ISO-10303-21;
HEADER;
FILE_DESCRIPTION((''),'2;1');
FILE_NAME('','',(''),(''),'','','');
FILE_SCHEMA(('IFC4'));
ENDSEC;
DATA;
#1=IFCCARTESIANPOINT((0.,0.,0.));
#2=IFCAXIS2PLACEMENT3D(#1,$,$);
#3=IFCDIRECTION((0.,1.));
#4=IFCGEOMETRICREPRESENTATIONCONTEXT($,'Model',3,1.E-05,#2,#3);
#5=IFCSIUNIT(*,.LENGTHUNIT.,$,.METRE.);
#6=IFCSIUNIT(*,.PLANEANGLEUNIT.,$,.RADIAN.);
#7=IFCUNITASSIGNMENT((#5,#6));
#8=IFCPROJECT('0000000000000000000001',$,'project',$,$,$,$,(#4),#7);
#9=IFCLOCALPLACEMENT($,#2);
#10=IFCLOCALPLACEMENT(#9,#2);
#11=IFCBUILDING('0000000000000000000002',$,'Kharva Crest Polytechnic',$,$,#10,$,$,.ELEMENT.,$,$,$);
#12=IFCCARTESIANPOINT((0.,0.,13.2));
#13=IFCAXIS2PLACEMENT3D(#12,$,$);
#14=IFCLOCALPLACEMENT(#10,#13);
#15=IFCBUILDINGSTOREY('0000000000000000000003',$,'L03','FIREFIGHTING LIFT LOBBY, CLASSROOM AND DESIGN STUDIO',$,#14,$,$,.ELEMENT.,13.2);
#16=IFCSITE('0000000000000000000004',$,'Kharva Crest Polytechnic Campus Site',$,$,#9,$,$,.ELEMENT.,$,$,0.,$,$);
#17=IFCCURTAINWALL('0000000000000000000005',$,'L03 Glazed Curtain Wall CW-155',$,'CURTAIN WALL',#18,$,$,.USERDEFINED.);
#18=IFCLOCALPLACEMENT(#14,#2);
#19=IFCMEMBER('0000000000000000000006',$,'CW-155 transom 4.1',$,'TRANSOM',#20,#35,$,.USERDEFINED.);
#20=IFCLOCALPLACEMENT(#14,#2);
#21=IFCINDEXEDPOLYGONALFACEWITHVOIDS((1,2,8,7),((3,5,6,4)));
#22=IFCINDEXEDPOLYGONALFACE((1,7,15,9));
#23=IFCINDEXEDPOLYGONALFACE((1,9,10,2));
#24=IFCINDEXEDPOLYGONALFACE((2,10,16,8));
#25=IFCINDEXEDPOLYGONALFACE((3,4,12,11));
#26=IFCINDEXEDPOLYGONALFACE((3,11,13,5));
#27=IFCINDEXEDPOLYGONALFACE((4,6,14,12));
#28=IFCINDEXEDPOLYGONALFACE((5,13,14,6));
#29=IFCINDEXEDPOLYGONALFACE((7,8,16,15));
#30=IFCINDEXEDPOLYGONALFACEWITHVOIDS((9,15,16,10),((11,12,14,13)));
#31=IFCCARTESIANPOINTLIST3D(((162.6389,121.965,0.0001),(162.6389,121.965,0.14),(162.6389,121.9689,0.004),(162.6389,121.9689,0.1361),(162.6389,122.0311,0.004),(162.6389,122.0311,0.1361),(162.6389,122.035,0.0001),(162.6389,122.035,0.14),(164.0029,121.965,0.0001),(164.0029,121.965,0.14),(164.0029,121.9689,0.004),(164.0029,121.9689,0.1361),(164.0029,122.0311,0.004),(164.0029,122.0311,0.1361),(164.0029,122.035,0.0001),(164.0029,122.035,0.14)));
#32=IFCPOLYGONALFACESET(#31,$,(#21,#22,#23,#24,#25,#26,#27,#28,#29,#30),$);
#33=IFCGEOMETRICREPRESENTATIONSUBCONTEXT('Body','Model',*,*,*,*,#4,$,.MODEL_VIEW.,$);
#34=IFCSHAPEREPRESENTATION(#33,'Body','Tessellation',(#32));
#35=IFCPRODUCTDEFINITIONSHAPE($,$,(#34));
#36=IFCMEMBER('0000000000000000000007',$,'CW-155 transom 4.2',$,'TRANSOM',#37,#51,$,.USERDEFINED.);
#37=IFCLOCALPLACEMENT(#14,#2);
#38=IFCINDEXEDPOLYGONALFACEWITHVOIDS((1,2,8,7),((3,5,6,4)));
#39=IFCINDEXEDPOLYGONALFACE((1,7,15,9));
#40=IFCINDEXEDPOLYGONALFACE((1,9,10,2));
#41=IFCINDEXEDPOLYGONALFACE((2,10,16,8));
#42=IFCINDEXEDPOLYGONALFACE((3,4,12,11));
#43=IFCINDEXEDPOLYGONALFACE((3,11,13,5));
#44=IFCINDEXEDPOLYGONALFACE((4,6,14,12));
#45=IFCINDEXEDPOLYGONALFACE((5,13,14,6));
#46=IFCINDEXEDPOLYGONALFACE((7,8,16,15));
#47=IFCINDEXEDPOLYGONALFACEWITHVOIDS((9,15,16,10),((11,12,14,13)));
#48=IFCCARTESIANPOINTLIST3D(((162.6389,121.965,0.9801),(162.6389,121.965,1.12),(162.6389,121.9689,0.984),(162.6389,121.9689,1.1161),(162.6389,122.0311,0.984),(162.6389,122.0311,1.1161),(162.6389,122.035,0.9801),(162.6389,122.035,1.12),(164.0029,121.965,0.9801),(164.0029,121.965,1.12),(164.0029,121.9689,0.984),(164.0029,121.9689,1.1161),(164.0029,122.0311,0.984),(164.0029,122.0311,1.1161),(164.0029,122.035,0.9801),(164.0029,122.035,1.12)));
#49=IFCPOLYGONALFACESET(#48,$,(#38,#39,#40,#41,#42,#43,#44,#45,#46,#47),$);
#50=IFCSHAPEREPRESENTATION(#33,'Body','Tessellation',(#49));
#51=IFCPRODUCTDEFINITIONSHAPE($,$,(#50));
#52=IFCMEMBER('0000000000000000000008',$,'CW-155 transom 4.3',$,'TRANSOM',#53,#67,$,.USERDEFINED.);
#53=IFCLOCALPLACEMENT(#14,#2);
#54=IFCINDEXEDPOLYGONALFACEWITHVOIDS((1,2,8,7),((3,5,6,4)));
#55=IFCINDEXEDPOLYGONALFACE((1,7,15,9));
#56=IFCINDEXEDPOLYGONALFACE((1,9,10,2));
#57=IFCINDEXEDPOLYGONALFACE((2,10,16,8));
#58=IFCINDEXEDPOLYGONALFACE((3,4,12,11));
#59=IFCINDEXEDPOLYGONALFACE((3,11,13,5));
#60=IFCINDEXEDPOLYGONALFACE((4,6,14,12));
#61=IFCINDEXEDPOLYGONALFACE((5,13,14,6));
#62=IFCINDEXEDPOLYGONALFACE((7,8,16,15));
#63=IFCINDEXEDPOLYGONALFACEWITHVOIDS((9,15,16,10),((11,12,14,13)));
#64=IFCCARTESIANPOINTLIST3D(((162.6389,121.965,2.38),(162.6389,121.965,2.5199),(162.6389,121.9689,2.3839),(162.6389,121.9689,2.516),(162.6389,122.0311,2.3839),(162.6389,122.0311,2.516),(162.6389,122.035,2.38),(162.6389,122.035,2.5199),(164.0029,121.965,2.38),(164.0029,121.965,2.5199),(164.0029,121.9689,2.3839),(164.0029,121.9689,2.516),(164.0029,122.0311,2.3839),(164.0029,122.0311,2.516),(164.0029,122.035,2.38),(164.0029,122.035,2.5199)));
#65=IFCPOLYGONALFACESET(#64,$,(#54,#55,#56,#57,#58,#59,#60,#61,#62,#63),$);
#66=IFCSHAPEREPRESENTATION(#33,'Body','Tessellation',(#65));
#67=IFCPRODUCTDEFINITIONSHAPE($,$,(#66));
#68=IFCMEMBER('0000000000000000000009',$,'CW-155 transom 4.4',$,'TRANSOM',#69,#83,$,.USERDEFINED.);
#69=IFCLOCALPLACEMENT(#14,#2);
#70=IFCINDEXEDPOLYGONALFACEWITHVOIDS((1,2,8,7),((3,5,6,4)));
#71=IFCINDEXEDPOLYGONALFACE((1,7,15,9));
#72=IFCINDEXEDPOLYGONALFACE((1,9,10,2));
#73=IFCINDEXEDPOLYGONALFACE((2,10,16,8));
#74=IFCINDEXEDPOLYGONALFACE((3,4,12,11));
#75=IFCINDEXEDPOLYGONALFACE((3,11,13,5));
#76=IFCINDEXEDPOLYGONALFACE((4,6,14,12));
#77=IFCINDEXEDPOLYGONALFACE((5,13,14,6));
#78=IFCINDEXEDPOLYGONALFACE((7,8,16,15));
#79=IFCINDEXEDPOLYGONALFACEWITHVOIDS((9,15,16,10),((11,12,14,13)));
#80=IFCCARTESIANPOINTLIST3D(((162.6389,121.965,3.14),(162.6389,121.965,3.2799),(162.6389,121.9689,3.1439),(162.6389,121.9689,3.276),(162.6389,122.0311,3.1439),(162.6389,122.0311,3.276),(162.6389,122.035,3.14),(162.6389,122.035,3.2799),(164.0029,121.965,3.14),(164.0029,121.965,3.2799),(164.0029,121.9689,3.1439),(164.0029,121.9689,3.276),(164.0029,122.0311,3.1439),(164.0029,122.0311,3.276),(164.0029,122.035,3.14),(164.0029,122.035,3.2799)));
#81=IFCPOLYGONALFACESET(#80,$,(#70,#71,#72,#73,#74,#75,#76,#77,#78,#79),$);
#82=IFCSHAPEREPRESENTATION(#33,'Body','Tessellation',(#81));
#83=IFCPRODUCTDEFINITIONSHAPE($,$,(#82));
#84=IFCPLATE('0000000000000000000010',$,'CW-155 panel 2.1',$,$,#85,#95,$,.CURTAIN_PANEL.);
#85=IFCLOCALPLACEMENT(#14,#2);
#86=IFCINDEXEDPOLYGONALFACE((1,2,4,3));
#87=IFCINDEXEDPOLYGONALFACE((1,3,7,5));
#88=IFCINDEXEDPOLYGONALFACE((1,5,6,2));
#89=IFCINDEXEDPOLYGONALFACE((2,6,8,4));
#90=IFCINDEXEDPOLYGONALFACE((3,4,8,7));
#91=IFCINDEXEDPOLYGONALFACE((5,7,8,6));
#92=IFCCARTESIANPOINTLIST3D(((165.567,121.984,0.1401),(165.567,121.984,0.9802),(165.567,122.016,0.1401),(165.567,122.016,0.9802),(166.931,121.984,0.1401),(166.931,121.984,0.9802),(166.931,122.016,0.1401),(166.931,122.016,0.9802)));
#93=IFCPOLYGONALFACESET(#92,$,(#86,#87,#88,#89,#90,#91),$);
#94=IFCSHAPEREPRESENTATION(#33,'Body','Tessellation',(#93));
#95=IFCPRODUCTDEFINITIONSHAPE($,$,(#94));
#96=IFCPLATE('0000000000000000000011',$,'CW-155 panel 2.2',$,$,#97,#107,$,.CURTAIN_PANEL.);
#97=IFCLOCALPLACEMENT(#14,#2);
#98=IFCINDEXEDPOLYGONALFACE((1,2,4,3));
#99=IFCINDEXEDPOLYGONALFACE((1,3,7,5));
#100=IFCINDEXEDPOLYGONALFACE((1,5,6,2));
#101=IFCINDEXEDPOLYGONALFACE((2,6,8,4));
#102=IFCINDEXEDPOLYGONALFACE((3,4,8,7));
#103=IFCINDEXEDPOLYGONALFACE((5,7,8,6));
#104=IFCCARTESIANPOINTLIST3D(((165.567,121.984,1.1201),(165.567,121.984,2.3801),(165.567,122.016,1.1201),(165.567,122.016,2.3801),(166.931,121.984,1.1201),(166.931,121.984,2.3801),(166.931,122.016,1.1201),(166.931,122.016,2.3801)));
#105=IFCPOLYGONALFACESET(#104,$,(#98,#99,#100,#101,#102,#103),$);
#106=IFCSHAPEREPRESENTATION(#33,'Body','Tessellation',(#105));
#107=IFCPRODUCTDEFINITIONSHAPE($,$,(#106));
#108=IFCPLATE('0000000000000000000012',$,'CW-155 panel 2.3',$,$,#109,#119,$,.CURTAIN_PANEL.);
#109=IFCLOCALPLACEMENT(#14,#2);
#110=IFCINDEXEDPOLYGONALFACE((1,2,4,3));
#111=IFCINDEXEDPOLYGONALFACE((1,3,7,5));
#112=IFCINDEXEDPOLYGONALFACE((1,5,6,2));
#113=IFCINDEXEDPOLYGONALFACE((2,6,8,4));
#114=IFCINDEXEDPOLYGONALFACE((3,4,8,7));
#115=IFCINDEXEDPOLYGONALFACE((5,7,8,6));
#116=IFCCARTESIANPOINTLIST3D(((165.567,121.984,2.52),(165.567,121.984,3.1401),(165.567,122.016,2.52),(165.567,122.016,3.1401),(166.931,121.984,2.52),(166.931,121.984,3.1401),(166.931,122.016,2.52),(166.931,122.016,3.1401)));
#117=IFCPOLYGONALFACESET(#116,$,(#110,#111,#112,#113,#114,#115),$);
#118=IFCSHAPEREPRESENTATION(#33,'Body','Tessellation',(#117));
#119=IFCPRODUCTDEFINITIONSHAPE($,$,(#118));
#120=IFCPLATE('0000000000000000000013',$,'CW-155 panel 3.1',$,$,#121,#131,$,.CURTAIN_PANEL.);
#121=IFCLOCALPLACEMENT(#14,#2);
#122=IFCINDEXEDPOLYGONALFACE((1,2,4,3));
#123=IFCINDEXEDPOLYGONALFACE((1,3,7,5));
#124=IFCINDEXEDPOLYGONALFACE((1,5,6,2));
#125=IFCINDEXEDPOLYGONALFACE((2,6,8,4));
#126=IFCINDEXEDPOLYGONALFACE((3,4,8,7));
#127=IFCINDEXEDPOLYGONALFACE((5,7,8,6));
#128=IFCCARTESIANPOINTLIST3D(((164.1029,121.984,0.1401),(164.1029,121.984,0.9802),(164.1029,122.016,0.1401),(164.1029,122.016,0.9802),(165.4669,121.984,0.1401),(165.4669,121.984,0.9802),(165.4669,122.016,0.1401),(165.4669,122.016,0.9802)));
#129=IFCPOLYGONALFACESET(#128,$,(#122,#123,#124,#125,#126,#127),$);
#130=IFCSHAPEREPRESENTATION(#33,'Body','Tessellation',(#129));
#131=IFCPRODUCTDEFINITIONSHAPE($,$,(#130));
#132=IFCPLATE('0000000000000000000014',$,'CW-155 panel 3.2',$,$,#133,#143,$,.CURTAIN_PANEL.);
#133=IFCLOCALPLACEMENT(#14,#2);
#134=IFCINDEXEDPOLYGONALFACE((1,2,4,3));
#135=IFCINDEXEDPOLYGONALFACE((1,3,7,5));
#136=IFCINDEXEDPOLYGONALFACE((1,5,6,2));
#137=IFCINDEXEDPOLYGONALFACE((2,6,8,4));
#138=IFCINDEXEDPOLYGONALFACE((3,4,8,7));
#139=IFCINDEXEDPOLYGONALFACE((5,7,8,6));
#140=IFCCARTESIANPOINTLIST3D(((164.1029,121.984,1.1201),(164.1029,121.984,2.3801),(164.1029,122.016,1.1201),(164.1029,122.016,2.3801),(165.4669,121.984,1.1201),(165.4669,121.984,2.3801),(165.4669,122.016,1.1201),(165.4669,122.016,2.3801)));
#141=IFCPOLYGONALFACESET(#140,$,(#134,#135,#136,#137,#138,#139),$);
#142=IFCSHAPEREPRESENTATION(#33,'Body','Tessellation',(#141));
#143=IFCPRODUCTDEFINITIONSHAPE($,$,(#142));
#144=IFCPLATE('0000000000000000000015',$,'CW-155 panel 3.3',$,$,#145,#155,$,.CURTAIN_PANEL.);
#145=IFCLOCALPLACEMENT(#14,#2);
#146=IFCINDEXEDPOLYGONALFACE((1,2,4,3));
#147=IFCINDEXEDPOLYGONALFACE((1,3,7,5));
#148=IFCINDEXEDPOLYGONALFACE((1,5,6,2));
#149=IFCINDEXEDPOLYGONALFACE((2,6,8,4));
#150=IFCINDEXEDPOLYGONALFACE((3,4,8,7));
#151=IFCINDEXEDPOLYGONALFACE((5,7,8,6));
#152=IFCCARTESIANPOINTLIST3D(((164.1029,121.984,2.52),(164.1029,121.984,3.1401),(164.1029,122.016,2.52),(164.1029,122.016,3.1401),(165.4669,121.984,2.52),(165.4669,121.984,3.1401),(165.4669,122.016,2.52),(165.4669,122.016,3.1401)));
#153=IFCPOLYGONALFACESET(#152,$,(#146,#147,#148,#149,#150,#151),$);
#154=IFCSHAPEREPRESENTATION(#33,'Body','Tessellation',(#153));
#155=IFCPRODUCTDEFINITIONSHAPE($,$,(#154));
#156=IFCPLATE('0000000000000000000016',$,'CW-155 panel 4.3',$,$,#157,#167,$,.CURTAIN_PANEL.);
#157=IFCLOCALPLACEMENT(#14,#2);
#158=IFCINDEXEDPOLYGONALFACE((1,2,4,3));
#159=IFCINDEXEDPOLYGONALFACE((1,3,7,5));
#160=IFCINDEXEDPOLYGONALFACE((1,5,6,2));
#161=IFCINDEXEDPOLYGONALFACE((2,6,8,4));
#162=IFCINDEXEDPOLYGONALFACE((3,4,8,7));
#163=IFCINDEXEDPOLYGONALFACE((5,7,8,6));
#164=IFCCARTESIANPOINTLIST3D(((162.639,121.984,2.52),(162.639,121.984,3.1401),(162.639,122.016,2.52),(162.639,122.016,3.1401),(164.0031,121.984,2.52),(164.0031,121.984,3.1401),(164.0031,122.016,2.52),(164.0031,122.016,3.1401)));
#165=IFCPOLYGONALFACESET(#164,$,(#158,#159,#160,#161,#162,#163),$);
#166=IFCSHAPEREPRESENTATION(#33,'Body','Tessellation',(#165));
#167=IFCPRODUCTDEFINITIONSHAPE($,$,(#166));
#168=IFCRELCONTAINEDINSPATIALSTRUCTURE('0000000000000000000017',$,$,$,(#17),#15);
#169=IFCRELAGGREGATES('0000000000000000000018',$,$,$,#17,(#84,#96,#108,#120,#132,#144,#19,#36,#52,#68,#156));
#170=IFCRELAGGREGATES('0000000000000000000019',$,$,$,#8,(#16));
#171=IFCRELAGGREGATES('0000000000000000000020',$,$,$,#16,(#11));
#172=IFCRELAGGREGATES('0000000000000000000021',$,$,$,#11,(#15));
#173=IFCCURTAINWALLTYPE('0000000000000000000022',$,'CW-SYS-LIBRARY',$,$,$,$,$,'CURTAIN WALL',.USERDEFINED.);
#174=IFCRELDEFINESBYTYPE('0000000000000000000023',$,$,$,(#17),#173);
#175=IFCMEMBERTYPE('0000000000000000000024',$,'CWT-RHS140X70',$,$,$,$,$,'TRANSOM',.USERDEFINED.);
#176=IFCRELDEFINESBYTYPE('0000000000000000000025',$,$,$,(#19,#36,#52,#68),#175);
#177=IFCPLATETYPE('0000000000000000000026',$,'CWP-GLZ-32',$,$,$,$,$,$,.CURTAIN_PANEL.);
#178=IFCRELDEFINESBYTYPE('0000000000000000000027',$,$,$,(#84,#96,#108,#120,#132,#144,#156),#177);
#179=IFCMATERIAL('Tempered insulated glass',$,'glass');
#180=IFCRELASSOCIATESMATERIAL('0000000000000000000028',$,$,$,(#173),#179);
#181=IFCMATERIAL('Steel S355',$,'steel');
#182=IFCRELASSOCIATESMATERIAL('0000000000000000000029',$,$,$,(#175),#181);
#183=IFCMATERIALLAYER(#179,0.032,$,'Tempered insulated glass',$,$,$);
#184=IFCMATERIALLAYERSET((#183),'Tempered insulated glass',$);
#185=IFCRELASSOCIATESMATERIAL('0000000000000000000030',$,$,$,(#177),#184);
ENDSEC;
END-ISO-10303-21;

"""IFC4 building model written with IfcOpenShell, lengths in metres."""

from ifc_helpers import new_model, si_unit, direction, frame, origin, origin_2d, place, context, subcontext, project, spatial, rectangle, hollow_rectangle, extrude, material, layer, layer_set, material_profile, profile_set, type_object, element, aggregate, save


model = new_model("IFC4")

# Units and contexts
model_context = context("Model", 3, precision=1e-05, world=origin(), true_north=direction((0.0, 1.0)))
body_context = subcontext(model_context, "Body", "Model", "MODEL_VIEW")
ifc_project = project(units=[si_unit("LENGTHUNIT", "METRE"), si_unit("PLANEANGLEUNIT", "RADIAN")], contexts=[model_context])

# Site, building, storey
site_placement = place(None, origin())
site = spatial("IfcSite", under=ifc_project, at=site_placement, Name="Kharva Crest Polytechnic Campus Site", CompositionType="ELEMENT", RefElevation=0.0)
building_placement = place(site_placement, origin())
building = spatial("IfcBuilding", under=site, at=building_placement, Name="Kharva Crest Polytechnic", CompositionType="ELEMENT")
storey_placement = place(building_placement, frame((0.0, 0.0, 13.2)))
storey = spatial("IfcBuildingStorey", under=building, at=storey_placement, Name="L03", Description="FIREFIGHTING LIFT LOBBY, CLASSROOM AND DESIGN STUDIO", CompositionType="ELEMENT", Elevation=13.2)

# Curtain wall, members, plates
ifc_material_1 = material(Name="Tempered insulated glass", Category="glass")
curtain_wall_type = type_object("IfcCurtainWallType", Name="CW-SYS-LIBRARY", ElementType="CURTAIN WALL", PredefinedType="USERDEFINED", material=ifc_material_1)
curtain_wall_placement = place(storey_placement, origin())
curtain_wall = element("IfcCurtainWall", 1, at=curtain_wall_placement, inside=storey, type_object=curtain_wall_type, Name="L03 Glazed Curtain Wall CW-155", ObjectType="CURTAIN WALL", PredefinedType="USERDEFINED")
ifc_material_2 = material(Name="Steel S355", Category="steel")
ifc_material_profile_1 = material_profile(ifc_material_2, hollow_rectangle(XDim=0.0701, YDim=0.1399, WallThickness=0.0039, at=origin_2d()), Name="RHS 140X70X4.0")
ifc_profile_set_1 = profile_set([ifc_material_profile_1], Name="Steel S355")
member_type_1 = type_object("IfcMemberType", Name="CWT-RHS140X70", ElementType="TRANSOM", PredefinedType="USERDEFINED", material=ifc_profile_set_1)
member_1_placement = place(storey_placement, frame((164.0029, 122.0, 0.0701), z_axis=(-1.0, 0.0, 0.0), x_axis=(0.0, -1.0, 0.0)))
member_1 = element("IfcMember", 2, at=member_1_placement, type_object=member_type_1, Name="CW-155 transom 4.1", ObjectType="TRANSOM", PredefinedType="USERDEFINED", context=body_context, shape_type="SweptSolid", body=[
    extrude(hollow_rectangle(XDim=0.0701, YDim=0.1399, WallThickness=0.0039, at=origin_2d()), origin(), (0.0, 0.0, 1.0), 1.364),
])
member_2_placement = place(storey_placement, frame((164.0029, 122.0, 1.05), z_axis=(-1.0, 0.0, 0.0), x_axis=(0.0, -1.0, 0.0)))
member_2 = element("IfcMember", 3, at=member_2_placement, type_object=member_type_1, Name="CW-155 transom 4.2", ObjectType="TRANSOM", PredefinedType="USERDEFINED", context=body_context, shape_type="SweptSolid", body=[
    extrude(hollow_rectangle(XDim=0.0701, YDim=0.1399, WallThickness=0.0039, at=origin_2d()), origin(), (0.0, 0.0, 1.0), 1.364),
])
member_3_placement = place(storey_placement, frame((164.0029, 122.0, 2.45), z_axis=(-1.0, 0.0, 0.0), x_axis=(0.0, -1.0, 0.0)))
member_3 = element("IfcMember", 4, at=member_3_placement, type_object=member_type_1, Name="CW-155 transom 4.3", ObjectType="TRANSOM", PredefinedType="USERDEFINED", context=body_context, shape_type="SweptSolid", body=[
    extrude(hollow_rectangle(XDim=0.0701, YDim=0.1399, WallThickness=0.0039, at=origin_2d()), origin(), (0.0, 0.0, 1.0), 1.364),
])
member_4_placement = place(storey_placement, frame((164.0029, 122.0, 3.21), z_axis=(-1.0, 0.0, 0.0), x_axis=(0.0, -1.0, 0.0)))
member_4 = element("IfcMember", 5, at=member_4_placement, type_object=member_type_1, Name="CW-155 transom 4.4", ObjectType="TRANSOM", PredefinedType="USERDEFINED", context=body_context, shape_type="SweptSolid", body=[
    extrude(hollow_rectangle(XDim=0.0701, YDim=0.1399, WallThickness=0.0039, at=origin_2d()), origin(), (0.0, 0.0, 1.0), 1.364),
])
ifc_layer = layer(ifc_material_1, 0.032, Name="Tempered insulated glass")
ifc_layer_set = layer_set([ifc_layer], Name="Tempered insulated glass")
plate_type = type_object("IfcPlateType", Name="CWP-GLZ-32", PredefinedType="CURTAIN_PANEL", material=ifc_layer_set)
plate_1_placement = place(storey_placement, frame((166.249, 122.0, 0.1401), z_axis=(0.0, 0.0, 1.0), x_axis=(-1.0, 0.0, 0.0)))
plate_1 = element("IfcPlate", 6, at=plate_1_placement, type_object=plate_type, Name="CW-155 panel 2.1", PredefinedType="CURTAIN_PANEL", context=body_context, shape_type="SweptSolid", body=[
    extrude(rectangle(XDim=1.364, YDim=0.032, at=origin_2d()), origin(), (0.0, 0.0, 1.0), 0.8401),
])
plate_2_placement = place(storey_placement, frame((166.249, 122.0, 1.1201), z_axis=(0.0, 0.0, 1.0), x_axis=(-1.0, 0.0, 0.0)))
plate_2 = element("IfcPlate", 7, at=plate_2_placement, type_object=plate_type, Name="CW-155 panel 2.2", PredefinedType="CURTAIN_PANEL", context=body_context, shape_type="SweptSolid", body=[
    extrude(rectangle(XDim=1.364, YDim=0.032, at=origin_2d()), origin(), (0.0, 0.0, 1.0), 1.26),
])
plate_3_placement = place(storey_placement, frame((166.249, 122.0, 2.52), z_axis=(0.0, 0.0, 1.0), x_axis=(-1.0, 0.0, 0.0)))
plate_3 = element("IfcPlate", 8, at=plate_3_placement, type_object=plate_type, Name="CW-155 panel 2.3", PredefinedType="CURTAIN_PANEL", context=body_context, shape_type="SweptSolid", body=[
    extrude(rectangle(XDim=1.364, YDim=0.032, at=origin_2d()), origin(), (0.0, 0.0, 1.0), 0.6201),
])
plate_4_placement = place(storey_placement, frame((164.7849, 122.0, 0.1401), z_axis=(0.0, 0.0, 1.0), x_axis=(-1.0, 0.0, 0.0)))
plate_4 = element("IfcPlate", 9, at=plate_4_placement, type_object=plate_type, Name="CW-155 panel 3.1", PredefinedType="CURTAIN_PANEL", context=body_context, shape_type="SweptSolid", body=[
    extrude(rectangle(XDim=1.364, YDim=0.032, at=origin_2d()), origin(), (0.0, 0.0, 1.0), 0.8401),
])
plate_5_placement = place(storey_placement, frame((164.7849, 122.0, 1.1201), z_axis=(0.0, 0.0, 1.0), x_axis=(-1.0, 0.0, 0.0)))
plate_5 = element("IfcPlate", 10, at=plate_5_placement, type_object=plate_type, Name="CW-155 panel 3.2", PredefinedType="CURTAIN_PANEL", context=body_context, shape_type="SweptSolid", body=[
    extrude(rectangle(XDim=1.364, YDim=0.032, at=origin_2d()), origin(), (0.0, 0.0, 1.0), 1.26),
])
plate_6_placement = place(storey_placement, frame((164.7849, 122.0, 2.52), z_axis=(0.0, 0.0, 1.0), x_axis=(-1.0, 0.0, 0.0)))
plate_6 = element("IfcPlate", 11, at=plate_6_placement, type_object=plate_type, Name="CW-155 panel 3.3", PredefinedType="CURTAIN_PANEL", context=body_context, shape_type="SweptSolid", body=[
    extrude(rectangle(XDim=1.364, YDim=0.032, at=origin_2d()), origin(), (0.0, 0.0, 1.0), 0.6201),
])
plate_7_placement = place(storey_placement, frame((163.321, 122.0, 2.52), z_axis=(0.0, 0.0, 1.0), x_axis=(-1.0, 0.0, 0.0)))
plate_7 = element("IfcPlate", 12, at=plate_7_placement, type_object=plate_type, Name="CW-155 panel 4.3", PredefinedType="CURTAIN_PANEL", context=body_context, shape_type="SweptSolid", body=[
    extrude(rectangle(XDim=1.364, YDim=0.032, at=origin_2d()), origin(), (0.0, 0.0, 1.0), 0.6201),
])
aggregate(curtain_wall, [plate_1, plate_2, plate_3, plate_4, plate_5, plate_6, member_1, member_2, member_3, member_4, plate_7])

save(model, "model.ifc")
